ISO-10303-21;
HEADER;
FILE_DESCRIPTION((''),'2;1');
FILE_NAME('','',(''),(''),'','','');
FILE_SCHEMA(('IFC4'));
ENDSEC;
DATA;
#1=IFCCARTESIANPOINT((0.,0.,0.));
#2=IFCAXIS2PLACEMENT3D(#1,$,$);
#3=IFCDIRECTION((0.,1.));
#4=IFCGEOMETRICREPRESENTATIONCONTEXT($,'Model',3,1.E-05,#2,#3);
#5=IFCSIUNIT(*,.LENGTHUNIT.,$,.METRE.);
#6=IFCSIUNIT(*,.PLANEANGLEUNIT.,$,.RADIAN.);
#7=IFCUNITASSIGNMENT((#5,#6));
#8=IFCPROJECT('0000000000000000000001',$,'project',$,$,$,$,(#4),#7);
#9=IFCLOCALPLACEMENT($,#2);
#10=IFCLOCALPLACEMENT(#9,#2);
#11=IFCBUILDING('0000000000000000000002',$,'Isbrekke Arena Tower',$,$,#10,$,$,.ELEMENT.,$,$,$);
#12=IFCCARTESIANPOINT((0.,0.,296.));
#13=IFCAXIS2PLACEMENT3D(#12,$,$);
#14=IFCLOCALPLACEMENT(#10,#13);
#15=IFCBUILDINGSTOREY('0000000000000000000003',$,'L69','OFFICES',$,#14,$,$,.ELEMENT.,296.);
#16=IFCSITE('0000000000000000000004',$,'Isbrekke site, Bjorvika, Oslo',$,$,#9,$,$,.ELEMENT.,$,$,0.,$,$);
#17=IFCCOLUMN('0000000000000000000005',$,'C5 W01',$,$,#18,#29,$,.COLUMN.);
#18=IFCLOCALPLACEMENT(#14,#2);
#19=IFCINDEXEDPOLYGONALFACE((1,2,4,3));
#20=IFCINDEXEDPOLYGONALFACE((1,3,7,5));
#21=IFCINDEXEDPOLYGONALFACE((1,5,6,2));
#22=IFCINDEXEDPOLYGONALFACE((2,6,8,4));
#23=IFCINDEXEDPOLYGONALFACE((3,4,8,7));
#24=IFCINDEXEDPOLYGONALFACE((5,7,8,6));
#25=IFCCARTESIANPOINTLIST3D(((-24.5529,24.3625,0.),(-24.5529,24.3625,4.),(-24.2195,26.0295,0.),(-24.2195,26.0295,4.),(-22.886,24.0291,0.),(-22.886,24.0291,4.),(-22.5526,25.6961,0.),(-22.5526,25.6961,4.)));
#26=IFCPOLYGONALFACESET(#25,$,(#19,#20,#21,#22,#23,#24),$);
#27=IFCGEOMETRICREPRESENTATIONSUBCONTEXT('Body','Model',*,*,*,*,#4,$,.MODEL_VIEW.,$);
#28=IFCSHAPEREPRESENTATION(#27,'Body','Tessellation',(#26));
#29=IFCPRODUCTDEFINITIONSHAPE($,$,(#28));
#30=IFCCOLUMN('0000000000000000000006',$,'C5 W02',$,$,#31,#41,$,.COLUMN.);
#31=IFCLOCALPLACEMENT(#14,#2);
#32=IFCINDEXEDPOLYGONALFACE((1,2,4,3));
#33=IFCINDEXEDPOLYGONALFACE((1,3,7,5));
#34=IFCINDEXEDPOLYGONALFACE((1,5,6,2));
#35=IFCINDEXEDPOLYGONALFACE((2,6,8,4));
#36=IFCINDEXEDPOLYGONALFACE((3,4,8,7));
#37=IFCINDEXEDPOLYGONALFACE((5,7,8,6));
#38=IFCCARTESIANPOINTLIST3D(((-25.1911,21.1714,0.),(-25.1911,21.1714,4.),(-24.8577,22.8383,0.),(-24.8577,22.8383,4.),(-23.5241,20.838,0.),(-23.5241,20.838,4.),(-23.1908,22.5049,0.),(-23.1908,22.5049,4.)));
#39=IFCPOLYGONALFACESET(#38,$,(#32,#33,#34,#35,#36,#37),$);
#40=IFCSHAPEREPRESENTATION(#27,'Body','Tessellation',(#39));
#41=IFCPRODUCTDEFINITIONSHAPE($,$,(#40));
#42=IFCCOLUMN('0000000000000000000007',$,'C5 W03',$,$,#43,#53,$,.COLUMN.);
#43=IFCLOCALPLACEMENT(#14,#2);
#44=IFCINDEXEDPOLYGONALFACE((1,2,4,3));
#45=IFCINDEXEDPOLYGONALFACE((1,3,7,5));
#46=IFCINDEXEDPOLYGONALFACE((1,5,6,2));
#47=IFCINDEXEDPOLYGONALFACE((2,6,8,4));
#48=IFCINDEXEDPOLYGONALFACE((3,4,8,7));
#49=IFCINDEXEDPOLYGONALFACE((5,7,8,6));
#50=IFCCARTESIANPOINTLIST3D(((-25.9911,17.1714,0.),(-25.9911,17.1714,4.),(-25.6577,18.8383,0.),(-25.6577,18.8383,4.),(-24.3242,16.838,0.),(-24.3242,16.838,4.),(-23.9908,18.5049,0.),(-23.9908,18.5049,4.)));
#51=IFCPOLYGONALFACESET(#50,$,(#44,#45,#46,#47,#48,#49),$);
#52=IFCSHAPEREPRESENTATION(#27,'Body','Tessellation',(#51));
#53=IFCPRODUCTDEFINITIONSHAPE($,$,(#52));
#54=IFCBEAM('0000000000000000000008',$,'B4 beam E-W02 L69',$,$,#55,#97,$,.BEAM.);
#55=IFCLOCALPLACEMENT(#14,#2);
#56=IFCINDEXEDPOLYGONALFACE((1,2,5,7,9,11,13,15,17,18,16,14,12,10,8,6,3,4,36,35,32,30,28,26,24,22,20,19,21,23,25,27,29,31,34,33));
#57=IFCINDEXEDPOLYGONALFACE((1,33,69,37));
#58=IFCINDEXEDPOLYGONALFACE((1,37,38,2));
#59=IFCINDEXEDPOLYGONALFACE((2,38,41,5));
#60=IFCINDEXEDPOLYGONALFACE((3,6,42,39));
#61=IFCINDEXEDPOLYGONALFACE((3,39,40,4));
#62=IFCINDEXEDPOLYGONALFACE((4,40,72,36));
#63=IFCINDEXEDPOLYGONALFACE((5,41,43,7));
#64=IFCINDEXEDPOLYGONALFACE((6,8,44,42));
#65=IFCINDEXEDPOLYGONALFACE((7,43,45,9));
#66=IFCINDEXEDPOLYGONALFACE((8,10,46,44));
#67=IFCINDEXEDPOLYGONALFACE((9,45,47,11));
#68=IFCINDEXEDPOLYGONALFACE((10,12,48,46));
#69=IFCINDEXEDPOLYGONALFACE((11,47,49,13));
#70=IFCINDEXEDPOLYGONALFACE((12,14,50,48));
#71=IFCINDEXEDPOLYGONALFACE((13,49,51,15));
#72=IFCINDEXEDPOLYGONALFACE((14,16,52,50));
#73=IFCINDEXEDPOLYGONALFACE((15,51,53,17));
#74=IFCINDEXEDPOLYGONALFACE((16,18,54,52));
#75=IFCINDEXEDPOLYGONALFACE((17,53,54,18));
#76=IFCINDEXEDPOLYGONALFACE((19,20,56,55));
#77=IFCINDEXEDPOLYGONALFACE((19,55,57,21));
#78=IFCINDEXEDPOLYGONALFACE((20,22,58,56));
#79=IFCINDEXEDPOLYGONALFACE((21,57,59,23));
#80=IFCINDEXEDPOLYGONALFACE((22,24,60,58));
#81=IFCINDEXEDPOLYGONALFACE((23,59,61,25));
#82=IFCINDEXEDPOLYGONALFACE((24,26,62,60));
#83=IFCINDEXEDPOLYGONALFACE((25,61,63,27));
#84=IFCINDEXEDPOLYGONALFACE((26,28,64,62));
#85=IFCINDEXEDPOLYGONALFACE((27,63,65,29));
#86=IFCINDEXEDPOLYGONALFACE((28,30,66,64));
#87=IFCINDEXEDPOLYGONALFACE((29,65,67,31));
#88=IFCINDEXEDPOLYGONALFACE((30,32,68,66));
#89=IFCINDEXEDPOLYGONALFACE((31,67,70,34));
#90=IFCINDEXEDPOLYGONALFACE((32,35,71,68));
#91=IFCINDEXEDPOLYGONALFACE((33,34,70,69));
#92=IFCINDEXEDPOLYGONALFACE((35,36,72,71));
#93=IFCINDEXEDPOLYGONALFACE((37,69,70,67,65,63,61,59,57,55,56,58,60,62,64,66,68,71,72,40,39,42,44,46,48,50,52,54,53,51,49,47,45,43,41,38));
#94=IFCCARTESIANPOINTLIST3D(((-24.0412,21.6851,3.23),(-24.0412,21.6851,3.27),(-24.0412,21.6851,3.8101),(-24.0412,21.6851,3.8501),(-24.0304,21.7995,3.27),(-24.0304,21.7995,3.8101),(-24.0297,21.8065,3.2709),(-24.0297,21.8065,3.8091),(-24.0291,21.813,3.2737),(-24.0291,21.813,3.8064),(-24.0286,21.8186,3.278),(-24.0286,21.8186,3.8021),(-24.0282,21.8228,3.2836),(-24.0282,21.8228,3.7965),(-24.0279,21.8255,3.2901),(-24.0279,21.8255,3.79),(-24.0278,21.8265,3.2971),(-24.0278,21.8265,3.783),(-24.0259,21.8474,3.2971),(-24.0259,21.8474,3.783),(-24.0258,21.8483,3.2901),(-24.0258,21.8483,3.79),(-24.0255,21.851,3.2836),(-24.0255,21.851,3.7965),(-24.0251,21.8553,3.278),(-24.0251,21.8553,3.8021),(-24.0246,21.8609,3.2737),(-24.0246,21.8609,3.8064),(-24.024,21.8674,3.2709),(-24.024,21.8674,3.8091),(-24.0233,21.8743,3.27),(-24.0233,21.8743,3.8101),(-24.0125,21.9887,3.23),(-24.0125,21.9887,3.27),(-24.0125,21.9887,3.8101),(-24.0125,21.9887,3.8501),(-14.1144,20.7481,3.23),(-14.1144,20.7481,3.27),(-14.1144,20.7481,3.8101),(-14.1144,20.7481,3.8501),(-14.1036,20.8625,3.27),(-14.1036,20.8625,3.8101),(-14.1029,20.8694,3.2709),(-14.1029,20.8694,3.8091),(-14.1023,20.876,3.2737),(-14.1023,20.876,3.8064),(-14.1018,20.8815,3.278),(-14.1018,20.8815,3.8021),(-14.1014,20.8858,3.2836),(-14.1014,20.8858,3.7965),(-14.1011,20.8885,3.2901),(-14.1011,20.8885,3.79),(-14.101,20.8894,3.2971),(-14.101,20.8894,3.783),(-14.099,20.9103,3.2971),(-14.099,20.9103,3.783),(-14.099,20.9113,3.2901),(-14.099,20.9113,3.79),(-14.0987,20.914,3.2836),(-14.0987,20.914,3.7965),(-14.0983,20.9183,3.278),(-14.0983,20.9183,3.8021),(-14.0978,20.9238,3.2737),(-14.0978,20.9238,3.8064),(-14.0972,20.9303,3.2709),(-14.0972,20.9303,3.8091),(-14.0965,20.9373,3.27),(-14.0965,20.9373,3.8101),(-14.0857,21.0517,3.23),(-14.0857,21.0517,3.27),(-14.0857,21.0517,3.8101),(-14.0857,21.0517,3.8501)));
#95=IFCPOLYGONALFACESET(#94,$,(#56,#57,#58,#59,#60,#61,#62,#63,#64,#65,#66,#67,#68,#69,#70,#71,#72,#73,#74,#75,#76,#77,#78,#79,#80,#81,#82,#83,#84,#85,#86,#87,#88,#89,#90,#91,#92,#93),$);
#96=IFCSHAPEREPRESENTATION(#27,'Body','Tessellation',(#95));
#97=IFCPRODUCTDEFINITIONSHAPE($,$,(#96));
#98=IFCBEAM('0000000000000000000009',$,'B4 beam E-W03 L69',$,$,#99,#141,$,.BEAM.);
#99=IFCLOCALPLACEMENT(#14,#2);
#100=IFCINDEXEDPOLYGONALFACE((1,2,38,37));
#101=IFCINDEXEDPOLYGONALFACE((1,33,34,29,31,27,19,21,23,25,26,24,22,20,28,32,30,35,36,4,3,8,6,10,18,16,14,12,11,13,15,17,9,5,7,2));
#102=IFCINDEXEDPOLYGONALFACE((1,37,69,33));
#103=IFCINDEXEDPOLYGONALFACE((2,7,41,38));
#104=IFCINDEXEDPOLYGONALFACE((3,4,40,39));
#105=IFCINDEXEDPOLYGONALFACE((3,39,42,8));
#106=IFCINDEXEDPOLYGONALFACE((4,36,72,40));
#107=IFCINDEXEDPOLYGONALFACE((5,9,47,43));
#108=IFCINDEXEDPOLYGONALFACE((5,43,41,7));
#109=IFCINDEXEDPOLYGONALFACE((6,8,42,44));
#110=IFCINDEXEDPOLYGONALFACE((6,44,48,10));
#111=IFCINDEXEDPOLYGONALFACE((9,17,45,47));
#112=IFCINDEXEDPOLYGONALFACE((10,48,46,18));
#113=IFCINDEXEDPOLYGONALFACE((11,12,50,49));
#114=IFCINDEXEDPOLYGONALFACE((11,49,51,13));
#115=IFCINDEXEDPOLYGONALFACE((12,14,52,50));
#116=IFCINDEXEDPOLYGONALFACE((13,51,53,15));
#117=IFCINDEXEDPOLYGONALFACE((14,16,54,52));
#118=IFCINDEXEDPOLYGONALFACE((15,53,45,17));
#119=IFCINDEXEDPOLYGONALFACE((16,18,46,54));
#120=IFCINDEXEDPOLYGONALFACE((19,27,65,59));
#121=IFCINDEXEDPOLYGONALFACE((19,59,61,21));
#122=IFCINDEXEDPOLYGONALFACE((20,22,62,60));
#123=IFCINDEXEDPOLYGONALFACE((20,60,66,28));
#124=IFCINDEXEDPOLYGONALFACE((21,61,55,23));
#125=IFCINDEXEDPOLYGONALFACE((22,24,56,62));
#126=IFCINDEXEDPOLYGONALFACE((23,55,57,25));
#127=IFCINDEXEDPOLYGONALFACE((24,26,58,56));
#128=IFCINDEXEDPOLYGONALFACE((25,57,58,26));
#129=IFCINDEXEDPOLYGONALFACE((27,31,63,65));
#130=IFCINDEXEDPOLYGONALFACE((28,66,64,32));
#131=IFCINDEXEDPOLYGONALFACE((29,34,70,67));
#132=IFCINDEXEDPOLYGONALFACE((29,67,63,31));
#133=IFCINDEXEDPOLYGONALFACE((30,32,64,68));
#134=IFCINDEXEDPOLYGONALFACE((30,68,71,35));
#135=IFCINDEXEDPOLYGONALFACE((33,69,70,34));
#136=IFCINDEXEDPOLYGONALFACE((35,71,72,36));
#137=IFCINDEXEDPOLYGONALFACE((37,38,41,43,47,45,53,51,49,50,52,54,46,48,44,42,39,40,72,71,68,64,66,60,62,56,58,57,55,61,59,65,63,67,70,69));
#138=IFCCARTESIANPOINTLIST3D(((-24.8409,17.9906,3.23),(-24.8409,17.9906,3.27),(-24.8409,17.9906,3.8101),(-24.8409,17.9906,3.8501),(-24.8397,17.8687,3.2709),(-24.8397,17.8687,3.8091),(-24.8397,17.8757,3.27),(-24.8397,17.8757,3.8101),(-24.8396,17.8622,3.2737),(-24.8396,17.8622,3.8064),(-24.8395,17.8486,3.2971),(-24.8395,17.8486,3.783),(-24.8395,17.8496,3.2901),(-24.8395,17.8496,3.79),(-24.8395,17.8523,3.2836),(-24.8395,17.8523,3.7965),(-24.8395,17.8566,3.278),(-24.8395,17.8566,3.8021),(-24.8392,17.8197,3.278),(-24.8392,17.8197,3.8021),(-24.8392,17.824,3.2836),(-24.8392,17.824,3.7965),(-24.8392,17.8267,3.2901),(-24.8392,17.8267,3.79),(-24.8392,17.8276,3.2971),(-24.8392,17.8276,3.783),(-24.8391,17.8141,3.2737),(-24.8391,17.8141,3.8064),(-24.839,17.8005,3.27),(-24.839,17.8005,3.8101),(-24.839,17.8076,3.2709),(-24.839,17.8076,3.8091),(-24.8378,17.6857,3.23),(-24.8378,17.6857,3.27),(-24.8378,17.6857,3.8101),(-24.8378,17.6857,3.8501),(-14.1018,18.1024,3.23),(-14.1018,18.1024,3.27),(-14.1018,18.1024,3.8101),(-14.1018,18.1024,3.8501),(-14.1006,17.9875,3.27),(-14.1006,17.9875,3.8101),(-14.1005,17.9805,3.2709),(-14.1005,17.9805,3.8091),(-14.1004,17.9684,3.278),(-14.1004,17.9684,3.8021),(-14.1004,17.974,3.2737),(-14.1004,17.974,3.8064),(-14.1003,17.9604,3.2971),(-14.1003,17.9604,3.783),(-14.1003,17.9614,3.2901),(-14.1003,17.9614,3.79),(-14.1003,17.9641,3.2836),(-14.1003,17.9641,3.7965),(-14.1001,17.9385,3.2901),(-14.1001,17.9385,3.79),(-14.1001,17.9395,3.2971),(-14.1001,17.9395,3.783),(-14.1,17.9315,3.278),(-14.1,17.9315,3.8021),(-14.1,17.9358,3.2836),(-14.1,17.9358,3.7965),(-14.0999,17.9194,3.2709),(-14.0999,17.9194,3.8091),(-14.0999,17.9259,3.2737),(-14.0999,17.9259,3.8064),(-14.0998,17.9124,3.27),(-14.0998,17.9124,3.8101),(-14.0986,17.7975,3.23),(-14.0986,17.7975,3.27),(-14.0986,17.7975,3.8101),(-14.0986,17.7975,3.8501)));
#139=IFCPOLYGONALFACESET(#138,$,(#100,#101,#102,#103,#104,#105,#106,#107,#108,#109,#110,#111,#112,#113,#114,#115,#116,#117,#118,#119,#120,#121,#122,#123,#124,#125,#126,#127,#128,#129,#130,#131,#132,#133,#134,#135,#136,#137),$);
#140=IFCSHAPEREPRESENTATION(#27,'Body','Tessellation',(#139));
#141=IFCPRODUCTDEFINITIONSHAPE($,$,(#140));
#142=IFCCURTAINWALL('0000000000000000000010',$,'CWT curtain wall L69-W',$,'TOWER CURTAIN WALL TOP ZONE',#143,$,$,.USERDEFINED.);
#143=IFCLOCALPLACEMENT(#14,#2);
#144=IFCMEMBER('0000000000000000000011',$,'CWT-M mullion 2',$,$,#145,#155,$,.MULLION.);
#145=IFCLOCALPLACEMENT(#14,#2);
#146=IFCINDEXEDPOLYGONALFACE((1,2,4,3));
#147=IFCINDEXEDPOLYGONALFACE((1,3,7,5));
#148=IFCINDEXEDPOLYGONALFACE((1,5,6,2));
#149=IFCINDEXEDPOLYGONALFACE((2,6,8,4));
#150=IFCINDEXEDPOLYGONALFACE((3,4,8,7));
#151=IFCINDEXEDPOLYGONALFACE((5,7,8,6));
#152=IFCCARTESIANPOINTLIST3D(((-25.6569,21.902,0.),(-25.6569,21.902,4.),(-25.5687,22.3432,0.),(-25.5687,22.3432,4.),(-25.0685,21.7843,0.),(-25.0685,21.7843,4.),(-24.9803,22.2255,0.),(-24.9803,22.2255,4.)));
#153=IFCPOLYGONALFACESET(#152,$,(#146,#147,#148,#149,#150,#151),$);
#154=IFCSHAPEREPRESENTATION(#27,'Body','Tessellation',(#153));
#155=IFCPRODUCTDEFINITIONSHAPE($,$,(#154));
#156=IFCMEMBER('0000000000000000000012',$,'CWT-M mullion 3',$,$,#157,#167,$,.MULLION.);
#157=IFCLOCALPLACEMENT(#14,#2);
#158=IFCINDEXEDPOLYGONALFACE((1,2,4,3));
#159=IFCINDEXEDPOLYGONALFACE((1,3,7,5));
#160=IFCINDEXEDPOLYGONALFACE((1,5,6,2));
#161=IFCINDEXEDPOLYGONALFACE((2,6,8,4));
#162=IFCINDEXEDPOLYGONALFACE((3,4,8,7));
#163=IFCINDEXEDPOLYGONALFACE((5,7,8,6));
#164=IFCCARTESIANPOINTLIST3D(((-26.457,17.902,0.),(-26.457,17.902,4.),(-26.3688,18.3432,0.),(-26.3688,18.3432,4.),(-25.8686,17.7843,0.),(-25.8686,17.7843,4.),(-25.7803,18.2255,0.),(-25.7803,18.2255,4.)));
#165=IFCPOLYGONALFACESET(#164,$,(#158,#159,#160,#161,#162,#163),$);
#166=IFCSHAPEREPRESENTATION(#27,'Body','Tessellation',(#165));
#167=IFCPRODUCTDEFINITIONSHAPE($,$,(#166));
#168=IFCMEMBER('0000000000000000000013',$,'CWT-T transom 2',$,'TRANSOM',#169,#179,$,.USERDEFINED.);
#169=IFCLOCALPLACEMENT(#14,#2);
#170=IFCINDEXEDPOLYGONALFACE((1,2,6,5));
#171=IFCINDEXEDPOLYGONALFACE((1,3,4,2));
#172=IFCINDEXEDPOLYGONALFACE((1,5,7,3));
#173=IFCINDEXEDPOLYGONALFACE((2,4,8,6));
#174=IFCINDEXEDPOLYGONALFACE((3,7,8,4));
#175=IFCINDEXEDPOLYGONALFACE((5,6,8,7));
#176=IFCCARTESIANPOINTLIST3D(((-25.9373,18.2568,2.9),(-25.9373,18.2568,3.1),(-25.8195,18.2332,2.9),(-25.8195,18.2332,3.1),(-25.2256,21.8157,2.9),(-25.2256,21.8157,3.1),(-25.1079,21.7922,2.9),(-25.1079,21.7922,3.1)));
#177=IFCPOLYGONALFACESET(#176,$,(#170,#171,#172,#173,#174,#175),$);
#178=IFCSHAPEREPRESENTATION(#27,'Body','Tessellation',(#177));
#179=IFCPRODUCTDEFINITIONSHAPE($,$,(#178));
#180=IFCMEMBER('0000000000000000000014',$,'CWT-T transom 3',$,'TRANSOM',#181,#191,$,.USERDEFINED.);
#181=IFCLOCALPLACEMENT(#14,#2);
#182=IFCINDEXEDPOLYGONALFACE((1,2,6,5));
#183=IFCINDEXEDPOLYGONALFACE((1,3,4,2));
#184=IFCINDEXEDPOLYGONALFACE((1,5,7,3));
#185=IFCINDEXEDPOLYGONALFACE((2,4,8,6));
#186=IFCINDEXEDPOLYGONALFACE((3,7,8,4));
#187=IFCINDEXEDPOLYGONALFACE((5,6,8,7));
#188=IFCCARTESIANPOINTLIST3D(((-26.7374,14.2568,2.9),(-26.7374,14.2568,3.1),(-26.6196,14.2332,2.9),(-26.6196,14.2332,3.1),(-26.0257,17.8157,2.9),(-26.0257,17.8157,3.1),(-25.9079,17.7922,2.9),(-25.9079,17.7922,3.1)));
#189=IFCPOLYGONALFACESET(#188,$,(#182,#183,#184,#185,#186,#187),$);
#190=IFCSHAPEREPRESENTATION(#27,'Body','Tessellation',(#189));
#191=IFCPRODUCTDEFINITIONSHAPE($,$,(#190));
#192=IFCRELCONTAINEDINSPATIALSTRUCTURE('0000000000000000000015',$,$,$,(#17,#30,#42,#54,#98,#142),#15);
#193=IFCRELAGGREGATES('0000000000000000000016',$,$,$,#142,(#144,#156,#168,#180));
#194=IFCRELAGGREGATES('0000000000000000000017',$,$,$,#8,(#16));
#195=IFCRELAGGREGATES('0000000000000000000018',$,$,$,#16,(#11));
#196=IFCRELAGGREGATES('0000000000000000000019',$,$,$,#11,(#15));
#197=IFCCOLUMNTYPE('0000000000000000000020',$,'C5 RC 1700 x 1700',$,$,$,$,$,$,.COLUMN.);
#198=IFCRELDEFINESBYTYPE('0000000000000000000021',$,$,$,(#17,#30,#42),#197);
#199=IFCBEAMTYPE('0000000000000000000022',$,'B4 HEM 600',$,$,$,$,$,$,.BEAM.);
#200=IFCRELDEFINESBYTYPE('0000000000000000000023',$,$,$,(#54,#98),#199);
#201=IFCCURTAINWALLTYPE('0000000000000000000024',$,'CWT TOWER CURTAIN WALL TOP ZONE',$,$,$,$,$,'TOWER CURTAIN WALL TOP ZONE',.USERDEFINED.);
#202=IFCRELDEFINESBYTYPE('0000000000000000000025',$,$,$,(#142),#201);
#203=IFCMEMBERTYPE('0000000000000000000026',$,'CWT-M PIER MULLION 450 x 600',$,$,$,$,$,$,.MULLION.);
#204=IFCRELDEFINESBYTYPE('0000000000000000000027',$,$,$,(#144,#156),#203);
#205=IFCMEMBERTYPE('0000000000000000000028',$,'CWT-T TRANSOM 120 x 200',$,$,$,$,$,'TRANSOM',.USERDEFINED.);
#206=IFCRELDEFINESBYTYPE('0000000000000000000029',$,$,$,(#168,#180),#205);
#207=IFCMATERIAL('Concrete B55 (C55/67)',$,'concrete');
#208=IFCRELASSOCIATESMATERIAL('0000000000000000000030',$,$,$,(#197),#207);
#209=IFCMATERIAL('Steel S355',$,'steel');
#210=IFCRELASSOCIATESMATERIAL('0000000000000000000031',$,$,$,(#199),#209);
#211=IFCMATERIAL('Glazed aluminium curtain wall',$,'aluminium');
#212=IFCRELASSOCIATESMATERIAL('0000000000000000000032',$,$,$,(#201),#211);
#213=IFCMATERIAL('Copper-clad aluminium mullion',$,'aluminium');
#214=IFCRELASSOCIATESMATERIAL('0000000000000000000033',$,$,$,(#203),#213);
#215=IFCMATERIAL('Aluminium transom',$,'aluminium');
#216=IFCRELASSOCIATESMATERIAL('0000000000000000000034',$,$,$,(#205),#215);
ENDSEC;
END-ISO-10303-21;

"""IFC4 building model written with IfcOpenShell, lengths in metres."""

from ifc_helpers import new_model, si_unit, direction, frame, origin, origin_2d, place, context, subcontext, project, spatial, rectangle, i_section, extrude, material, material_profile, profile_set, type_object, element, aggregate, save


model = new_model("IFC4")

# Units and contexts
model_context = context("Model", 3, precision=1e-05, world=origin(), true_north=direction((0.0, 1.0)))
body_context = subcontext(model_context, "Body", "Model", "MODEL_VIEW")
ifc_project = project(units=[si_unit("LENGTHUNIT", "METRE"), si_unit("PLANEANGLEUNIT", "RADIAN")], contexts=[model_context])

# Site, building, storey
site_placement = place(None, origin())
site = spatial("IfcSite", under=ifc_project, at=site_placement, Name="Isbrekke site, Bjorvika, Oslo", CompositionType="ELEMENT", RefElevation=0.0)
building_placement = place(site_placement, origin())
building = spatial("IfcBuilding", under=site, at=building_placement, Name="Isbrekke Arena Tower", CompositionType="ELEMENT")
storey_placement = place(building_placement, frame((0.0, 0.0, 296.0)))
storey = spatial("IfcBuildingStorey", under=building, at=storey_placement, Name="L69", Description="OFFICES", CompositionType="ELEMENT", Elevation=296.0)

# Columns
ifc_material_1 = material(Name="Concrete B55 (C55/67)", Category="concrete")
ifc_material_profile_1 = material_profile(ifc_material_1, rectangle(XDim=1.7, YDim=1.7, at=origin_2d()), Name="RC 1700x1700")
ifc_profile_set_1 = profile_set([ifc_material_profile_1], Name="Concrete B55 (C55/67)")
column_type = type_object("IfcColumnType", Name="C5 RC 1700 x 1700", PredefinedType="COLUMN", material=ifc_profile_set_1)
for number, where, z_axis, x_axis, name in (
    (1, (-23.5527, 25.0293, 0.0), (0.0, 0.0, 1.0), (-0.196116, -0.980581, 0.0), "C5 W01"),
    (2, (-24.1909, 21.8381, 0.0), (0.0, 0.0, 1.0), (-0.196116, -0.980581, 0.0), "C5 W02"),
    (3, (-24.991, 17.8381, 0.0), (0.0, 0.0, 1.0), (-0.196116, -0.980581, 0.0), "C5 W03"),
):
    element("IfcColumn", number, at=place(storey_placement, frame(where, z_axis=z_axis, x_axis=x_axis)), inside=storey, type_object=column_type, Name=name, PredefinedType="COLUMN", context=body_context, shape_type="SweptSolid", body=[
        extrude(rectangle(XDim=1.7, YDim=1.7, at=origin_2d()), origin(), (0.0, 0.0, 1.0), 4.0),
    ])

# Beams
ifc_material_2 = material(Name="Steel S355", Category="steel")
ifc_material_profile_2 = material_profile(ifc_material_2, i_section(OverallWidth=0.3049, OverallDepth=0.6201, WebThickness=0.021, FlangeThickness=0.04, FilletRadius=0.0271, at=origin_2d()), Name="HEM 600")
ifc_profile_set_2 = profile_set([ifc_material_profile_2], Name="Steel S355")
beam_type_1 = type_object("IfcBeamType", Name="B4 HEM 600", PredefinedType="BEAM", material=ifc_profile_set_2)
beam_1_placement = place(storey_placement, frame((-24.0269, 21.8369, 3.54), z_axis=(0.995575, -0.093975, 0.0), x_axis=(0.093975, 0.995575, 0.0)))
element("IfcBeam", 4, at=beam_1_placement, inside=storey, type_object=beam_type_1, Name="B4 beam E-W02 L69", PredefinedType="BEAM", context=body_context, shape_type="SweptSolid", body=[
    extrude(i_section(OverallWidth=0.3049, OverallDepth=0.6201, WebThickness=0.021, FlangeThickness=0.04, FilletRadius=0.0271, at=origin_2d()), origin(), (0.0, 0.0, 1.0), 9.9709),
])
beam_2_placement = place(storey_placement, frame((-24.8394, 17.8381, 3.54), z_axis=(0.999946, 0.010411, 0.0), x_axis=(-0.010411, 0.999946, 0.0)))
element("IfcBeam", 5, at=beam_2_placement, inside=storey, type_object=beam_type_1, Name="B4 beam E-W03 L69", PredefinedType="BEAM", context=body_context, shape_type="SweptSolid", body=[
    extrude(i_section(OverallWidth=0.3049, OverallDepth=0.6201, WebThickness=0.021, FlangeThickness=0.04, FilletRadius=0.0271, at=origin_2d()), origin(), (0.0, 0.0, 1.0), 10.7397),
])

# Curtain wall, members
ifc_material_3 = material(Name="Glazed aluminium curtain wall", Category="aluminium")
curtain_wall_type = type_object("IfcCurtainWallType", Name="CWT TOWER CURTAIN WALL TOP ZONE", ElementType="TOWER CURTAIN WALL TOP ZONE", PredefinedType="USERDEFINED", material=ifc_material_3)
curtain_wall_placement = place(storey_placement, origin())
curtain_wall = element("IfcCurtainWall", 6, at=curtain_wall_placement, inside=storey, type_object=curtain_wall_type, Name="CWT curtain wall L69-W", ObjectType="TOWER CURTAIN WALL TOP ZONE", PredefinedType="USERDEFINED")
ifc_material_4 = material(Name="Copper-clad aluminium mullion", Category="aluminium")
ifc_material_profile_3 = material_profile(ifc_material_4, rectangle(XDim=0.45, YDim=0.6001, at=origin_2d()), Name="PIER 450X600")
ifc_profile_set_3 = profile_set([ifc_material_profile_3], Name="Copper-clad aluminium mullion")
member_type_1 = type_object("IfcMemberType", Name="CWT-M PIER MULLION 450 x 600", PredefinedType="MULLION", material=ifc_profile_set_3)
member_1_placement = place(storey_placement, frame((-25.3186, 22.0637, 0.0), z_axis=(0.0, 0.0, 1.0), x_axis=(-0.196116, -0.980581, 0.0)))
member_1 = element("IfcMember", 7, at=member_1_placement, type_object=member_type_1, Name="CWT-M mullion 2", PredefinedType="MULLION", context=body_context, shape_type="SweptSolid", body=[
    extrude(rectangle(XDim=0.45, YDim=0.6001, at=origin_2d()), origin(), (0.0, 0.0, 1.0), 4.0),
])
member_2_placement = place(storey_placement, frame((-26.1187, 18.0637, 0.0), z_axis=(0.0, 0.0, 1.0), x_axis=(-0.196116, -0.980581, 0.0)))
member_2 = element("IfcMember", 8, at=member_2_placement, type_object=member_type_1, Name="CWT-M mullion 3", PredefinedType="MULLION", context=body_context, shape_type="SweptSolid", body=[
    extrude(rectangle(XDim=0.45, YDim=0.6001, at=origin_2d()), origin(), (0.0, 0.0, 1.0), 4.0),
])
ifc_material_5 = material(Name="Aluminium transom", Category="aluminium")
ifc_material_profile_4 = material_profile(ifc_material_5, rectangle(XDim=0.1201, YDim=0.2, at=origin_2d()), Name="TRANSOM 120X200")
ifc_profile_set_4 = profile_set([ifc_material_profile_4], Name="Aluminium transom")
member_type_2 = type_object("IfcMemberType", Name="CWT-T TRANSOM 120 x 200", ElementType="TRANSOM", PredefinedType="USERDEFINED", material=ifc_profile_set_4)
member_3_placement = place(storey_placement, frame((-25.1667, 21.804, 3.0), z_axis=(-0.19609, -0.980586, 0.0), x_axis=(0.980586, -0.19609, 0.0)))
member_3 = element("IfcMember", 9, at=member_3_placement, type_object=member_type_2, Name="CWT-T transom 2", ObjectType="TRANSOM", PredefinedType="USERDEFINED", context=body_context, shape_type="SweptSolid", body=[
    extrude(rectangle(XDim=0.1201, YDim=0.2, at=origin_2d()), origin(), (0.0, 0.0, 1.0), 3.6294),
])
member_4_placement = place(storey_placement, frame((-25.9668, 17.804, 3.0), z_axis=(-0.19609, -0.980586, 0.0), x_axis=(0.980586, -0.19609, 0.0)))
member_4 = element("IfcMember", 10, at=member_4_placement, type_object=member_type_2, Name="CWT-T transom 3", ObjectType="TRANSOM", PredefinedType="USERDEFINED", context=body_context, shape_type="SweptSolid", body=[
    extrude(rectangle(XDim=0.1201, YDim=0.2, at=origin_2d()), origin(), (0.0, 0.0, 1.0), 3.6294),
])

aggregate(curtain_wall, [member_1, member_2, member_3, member_4])

save(model, "model.ifc")
